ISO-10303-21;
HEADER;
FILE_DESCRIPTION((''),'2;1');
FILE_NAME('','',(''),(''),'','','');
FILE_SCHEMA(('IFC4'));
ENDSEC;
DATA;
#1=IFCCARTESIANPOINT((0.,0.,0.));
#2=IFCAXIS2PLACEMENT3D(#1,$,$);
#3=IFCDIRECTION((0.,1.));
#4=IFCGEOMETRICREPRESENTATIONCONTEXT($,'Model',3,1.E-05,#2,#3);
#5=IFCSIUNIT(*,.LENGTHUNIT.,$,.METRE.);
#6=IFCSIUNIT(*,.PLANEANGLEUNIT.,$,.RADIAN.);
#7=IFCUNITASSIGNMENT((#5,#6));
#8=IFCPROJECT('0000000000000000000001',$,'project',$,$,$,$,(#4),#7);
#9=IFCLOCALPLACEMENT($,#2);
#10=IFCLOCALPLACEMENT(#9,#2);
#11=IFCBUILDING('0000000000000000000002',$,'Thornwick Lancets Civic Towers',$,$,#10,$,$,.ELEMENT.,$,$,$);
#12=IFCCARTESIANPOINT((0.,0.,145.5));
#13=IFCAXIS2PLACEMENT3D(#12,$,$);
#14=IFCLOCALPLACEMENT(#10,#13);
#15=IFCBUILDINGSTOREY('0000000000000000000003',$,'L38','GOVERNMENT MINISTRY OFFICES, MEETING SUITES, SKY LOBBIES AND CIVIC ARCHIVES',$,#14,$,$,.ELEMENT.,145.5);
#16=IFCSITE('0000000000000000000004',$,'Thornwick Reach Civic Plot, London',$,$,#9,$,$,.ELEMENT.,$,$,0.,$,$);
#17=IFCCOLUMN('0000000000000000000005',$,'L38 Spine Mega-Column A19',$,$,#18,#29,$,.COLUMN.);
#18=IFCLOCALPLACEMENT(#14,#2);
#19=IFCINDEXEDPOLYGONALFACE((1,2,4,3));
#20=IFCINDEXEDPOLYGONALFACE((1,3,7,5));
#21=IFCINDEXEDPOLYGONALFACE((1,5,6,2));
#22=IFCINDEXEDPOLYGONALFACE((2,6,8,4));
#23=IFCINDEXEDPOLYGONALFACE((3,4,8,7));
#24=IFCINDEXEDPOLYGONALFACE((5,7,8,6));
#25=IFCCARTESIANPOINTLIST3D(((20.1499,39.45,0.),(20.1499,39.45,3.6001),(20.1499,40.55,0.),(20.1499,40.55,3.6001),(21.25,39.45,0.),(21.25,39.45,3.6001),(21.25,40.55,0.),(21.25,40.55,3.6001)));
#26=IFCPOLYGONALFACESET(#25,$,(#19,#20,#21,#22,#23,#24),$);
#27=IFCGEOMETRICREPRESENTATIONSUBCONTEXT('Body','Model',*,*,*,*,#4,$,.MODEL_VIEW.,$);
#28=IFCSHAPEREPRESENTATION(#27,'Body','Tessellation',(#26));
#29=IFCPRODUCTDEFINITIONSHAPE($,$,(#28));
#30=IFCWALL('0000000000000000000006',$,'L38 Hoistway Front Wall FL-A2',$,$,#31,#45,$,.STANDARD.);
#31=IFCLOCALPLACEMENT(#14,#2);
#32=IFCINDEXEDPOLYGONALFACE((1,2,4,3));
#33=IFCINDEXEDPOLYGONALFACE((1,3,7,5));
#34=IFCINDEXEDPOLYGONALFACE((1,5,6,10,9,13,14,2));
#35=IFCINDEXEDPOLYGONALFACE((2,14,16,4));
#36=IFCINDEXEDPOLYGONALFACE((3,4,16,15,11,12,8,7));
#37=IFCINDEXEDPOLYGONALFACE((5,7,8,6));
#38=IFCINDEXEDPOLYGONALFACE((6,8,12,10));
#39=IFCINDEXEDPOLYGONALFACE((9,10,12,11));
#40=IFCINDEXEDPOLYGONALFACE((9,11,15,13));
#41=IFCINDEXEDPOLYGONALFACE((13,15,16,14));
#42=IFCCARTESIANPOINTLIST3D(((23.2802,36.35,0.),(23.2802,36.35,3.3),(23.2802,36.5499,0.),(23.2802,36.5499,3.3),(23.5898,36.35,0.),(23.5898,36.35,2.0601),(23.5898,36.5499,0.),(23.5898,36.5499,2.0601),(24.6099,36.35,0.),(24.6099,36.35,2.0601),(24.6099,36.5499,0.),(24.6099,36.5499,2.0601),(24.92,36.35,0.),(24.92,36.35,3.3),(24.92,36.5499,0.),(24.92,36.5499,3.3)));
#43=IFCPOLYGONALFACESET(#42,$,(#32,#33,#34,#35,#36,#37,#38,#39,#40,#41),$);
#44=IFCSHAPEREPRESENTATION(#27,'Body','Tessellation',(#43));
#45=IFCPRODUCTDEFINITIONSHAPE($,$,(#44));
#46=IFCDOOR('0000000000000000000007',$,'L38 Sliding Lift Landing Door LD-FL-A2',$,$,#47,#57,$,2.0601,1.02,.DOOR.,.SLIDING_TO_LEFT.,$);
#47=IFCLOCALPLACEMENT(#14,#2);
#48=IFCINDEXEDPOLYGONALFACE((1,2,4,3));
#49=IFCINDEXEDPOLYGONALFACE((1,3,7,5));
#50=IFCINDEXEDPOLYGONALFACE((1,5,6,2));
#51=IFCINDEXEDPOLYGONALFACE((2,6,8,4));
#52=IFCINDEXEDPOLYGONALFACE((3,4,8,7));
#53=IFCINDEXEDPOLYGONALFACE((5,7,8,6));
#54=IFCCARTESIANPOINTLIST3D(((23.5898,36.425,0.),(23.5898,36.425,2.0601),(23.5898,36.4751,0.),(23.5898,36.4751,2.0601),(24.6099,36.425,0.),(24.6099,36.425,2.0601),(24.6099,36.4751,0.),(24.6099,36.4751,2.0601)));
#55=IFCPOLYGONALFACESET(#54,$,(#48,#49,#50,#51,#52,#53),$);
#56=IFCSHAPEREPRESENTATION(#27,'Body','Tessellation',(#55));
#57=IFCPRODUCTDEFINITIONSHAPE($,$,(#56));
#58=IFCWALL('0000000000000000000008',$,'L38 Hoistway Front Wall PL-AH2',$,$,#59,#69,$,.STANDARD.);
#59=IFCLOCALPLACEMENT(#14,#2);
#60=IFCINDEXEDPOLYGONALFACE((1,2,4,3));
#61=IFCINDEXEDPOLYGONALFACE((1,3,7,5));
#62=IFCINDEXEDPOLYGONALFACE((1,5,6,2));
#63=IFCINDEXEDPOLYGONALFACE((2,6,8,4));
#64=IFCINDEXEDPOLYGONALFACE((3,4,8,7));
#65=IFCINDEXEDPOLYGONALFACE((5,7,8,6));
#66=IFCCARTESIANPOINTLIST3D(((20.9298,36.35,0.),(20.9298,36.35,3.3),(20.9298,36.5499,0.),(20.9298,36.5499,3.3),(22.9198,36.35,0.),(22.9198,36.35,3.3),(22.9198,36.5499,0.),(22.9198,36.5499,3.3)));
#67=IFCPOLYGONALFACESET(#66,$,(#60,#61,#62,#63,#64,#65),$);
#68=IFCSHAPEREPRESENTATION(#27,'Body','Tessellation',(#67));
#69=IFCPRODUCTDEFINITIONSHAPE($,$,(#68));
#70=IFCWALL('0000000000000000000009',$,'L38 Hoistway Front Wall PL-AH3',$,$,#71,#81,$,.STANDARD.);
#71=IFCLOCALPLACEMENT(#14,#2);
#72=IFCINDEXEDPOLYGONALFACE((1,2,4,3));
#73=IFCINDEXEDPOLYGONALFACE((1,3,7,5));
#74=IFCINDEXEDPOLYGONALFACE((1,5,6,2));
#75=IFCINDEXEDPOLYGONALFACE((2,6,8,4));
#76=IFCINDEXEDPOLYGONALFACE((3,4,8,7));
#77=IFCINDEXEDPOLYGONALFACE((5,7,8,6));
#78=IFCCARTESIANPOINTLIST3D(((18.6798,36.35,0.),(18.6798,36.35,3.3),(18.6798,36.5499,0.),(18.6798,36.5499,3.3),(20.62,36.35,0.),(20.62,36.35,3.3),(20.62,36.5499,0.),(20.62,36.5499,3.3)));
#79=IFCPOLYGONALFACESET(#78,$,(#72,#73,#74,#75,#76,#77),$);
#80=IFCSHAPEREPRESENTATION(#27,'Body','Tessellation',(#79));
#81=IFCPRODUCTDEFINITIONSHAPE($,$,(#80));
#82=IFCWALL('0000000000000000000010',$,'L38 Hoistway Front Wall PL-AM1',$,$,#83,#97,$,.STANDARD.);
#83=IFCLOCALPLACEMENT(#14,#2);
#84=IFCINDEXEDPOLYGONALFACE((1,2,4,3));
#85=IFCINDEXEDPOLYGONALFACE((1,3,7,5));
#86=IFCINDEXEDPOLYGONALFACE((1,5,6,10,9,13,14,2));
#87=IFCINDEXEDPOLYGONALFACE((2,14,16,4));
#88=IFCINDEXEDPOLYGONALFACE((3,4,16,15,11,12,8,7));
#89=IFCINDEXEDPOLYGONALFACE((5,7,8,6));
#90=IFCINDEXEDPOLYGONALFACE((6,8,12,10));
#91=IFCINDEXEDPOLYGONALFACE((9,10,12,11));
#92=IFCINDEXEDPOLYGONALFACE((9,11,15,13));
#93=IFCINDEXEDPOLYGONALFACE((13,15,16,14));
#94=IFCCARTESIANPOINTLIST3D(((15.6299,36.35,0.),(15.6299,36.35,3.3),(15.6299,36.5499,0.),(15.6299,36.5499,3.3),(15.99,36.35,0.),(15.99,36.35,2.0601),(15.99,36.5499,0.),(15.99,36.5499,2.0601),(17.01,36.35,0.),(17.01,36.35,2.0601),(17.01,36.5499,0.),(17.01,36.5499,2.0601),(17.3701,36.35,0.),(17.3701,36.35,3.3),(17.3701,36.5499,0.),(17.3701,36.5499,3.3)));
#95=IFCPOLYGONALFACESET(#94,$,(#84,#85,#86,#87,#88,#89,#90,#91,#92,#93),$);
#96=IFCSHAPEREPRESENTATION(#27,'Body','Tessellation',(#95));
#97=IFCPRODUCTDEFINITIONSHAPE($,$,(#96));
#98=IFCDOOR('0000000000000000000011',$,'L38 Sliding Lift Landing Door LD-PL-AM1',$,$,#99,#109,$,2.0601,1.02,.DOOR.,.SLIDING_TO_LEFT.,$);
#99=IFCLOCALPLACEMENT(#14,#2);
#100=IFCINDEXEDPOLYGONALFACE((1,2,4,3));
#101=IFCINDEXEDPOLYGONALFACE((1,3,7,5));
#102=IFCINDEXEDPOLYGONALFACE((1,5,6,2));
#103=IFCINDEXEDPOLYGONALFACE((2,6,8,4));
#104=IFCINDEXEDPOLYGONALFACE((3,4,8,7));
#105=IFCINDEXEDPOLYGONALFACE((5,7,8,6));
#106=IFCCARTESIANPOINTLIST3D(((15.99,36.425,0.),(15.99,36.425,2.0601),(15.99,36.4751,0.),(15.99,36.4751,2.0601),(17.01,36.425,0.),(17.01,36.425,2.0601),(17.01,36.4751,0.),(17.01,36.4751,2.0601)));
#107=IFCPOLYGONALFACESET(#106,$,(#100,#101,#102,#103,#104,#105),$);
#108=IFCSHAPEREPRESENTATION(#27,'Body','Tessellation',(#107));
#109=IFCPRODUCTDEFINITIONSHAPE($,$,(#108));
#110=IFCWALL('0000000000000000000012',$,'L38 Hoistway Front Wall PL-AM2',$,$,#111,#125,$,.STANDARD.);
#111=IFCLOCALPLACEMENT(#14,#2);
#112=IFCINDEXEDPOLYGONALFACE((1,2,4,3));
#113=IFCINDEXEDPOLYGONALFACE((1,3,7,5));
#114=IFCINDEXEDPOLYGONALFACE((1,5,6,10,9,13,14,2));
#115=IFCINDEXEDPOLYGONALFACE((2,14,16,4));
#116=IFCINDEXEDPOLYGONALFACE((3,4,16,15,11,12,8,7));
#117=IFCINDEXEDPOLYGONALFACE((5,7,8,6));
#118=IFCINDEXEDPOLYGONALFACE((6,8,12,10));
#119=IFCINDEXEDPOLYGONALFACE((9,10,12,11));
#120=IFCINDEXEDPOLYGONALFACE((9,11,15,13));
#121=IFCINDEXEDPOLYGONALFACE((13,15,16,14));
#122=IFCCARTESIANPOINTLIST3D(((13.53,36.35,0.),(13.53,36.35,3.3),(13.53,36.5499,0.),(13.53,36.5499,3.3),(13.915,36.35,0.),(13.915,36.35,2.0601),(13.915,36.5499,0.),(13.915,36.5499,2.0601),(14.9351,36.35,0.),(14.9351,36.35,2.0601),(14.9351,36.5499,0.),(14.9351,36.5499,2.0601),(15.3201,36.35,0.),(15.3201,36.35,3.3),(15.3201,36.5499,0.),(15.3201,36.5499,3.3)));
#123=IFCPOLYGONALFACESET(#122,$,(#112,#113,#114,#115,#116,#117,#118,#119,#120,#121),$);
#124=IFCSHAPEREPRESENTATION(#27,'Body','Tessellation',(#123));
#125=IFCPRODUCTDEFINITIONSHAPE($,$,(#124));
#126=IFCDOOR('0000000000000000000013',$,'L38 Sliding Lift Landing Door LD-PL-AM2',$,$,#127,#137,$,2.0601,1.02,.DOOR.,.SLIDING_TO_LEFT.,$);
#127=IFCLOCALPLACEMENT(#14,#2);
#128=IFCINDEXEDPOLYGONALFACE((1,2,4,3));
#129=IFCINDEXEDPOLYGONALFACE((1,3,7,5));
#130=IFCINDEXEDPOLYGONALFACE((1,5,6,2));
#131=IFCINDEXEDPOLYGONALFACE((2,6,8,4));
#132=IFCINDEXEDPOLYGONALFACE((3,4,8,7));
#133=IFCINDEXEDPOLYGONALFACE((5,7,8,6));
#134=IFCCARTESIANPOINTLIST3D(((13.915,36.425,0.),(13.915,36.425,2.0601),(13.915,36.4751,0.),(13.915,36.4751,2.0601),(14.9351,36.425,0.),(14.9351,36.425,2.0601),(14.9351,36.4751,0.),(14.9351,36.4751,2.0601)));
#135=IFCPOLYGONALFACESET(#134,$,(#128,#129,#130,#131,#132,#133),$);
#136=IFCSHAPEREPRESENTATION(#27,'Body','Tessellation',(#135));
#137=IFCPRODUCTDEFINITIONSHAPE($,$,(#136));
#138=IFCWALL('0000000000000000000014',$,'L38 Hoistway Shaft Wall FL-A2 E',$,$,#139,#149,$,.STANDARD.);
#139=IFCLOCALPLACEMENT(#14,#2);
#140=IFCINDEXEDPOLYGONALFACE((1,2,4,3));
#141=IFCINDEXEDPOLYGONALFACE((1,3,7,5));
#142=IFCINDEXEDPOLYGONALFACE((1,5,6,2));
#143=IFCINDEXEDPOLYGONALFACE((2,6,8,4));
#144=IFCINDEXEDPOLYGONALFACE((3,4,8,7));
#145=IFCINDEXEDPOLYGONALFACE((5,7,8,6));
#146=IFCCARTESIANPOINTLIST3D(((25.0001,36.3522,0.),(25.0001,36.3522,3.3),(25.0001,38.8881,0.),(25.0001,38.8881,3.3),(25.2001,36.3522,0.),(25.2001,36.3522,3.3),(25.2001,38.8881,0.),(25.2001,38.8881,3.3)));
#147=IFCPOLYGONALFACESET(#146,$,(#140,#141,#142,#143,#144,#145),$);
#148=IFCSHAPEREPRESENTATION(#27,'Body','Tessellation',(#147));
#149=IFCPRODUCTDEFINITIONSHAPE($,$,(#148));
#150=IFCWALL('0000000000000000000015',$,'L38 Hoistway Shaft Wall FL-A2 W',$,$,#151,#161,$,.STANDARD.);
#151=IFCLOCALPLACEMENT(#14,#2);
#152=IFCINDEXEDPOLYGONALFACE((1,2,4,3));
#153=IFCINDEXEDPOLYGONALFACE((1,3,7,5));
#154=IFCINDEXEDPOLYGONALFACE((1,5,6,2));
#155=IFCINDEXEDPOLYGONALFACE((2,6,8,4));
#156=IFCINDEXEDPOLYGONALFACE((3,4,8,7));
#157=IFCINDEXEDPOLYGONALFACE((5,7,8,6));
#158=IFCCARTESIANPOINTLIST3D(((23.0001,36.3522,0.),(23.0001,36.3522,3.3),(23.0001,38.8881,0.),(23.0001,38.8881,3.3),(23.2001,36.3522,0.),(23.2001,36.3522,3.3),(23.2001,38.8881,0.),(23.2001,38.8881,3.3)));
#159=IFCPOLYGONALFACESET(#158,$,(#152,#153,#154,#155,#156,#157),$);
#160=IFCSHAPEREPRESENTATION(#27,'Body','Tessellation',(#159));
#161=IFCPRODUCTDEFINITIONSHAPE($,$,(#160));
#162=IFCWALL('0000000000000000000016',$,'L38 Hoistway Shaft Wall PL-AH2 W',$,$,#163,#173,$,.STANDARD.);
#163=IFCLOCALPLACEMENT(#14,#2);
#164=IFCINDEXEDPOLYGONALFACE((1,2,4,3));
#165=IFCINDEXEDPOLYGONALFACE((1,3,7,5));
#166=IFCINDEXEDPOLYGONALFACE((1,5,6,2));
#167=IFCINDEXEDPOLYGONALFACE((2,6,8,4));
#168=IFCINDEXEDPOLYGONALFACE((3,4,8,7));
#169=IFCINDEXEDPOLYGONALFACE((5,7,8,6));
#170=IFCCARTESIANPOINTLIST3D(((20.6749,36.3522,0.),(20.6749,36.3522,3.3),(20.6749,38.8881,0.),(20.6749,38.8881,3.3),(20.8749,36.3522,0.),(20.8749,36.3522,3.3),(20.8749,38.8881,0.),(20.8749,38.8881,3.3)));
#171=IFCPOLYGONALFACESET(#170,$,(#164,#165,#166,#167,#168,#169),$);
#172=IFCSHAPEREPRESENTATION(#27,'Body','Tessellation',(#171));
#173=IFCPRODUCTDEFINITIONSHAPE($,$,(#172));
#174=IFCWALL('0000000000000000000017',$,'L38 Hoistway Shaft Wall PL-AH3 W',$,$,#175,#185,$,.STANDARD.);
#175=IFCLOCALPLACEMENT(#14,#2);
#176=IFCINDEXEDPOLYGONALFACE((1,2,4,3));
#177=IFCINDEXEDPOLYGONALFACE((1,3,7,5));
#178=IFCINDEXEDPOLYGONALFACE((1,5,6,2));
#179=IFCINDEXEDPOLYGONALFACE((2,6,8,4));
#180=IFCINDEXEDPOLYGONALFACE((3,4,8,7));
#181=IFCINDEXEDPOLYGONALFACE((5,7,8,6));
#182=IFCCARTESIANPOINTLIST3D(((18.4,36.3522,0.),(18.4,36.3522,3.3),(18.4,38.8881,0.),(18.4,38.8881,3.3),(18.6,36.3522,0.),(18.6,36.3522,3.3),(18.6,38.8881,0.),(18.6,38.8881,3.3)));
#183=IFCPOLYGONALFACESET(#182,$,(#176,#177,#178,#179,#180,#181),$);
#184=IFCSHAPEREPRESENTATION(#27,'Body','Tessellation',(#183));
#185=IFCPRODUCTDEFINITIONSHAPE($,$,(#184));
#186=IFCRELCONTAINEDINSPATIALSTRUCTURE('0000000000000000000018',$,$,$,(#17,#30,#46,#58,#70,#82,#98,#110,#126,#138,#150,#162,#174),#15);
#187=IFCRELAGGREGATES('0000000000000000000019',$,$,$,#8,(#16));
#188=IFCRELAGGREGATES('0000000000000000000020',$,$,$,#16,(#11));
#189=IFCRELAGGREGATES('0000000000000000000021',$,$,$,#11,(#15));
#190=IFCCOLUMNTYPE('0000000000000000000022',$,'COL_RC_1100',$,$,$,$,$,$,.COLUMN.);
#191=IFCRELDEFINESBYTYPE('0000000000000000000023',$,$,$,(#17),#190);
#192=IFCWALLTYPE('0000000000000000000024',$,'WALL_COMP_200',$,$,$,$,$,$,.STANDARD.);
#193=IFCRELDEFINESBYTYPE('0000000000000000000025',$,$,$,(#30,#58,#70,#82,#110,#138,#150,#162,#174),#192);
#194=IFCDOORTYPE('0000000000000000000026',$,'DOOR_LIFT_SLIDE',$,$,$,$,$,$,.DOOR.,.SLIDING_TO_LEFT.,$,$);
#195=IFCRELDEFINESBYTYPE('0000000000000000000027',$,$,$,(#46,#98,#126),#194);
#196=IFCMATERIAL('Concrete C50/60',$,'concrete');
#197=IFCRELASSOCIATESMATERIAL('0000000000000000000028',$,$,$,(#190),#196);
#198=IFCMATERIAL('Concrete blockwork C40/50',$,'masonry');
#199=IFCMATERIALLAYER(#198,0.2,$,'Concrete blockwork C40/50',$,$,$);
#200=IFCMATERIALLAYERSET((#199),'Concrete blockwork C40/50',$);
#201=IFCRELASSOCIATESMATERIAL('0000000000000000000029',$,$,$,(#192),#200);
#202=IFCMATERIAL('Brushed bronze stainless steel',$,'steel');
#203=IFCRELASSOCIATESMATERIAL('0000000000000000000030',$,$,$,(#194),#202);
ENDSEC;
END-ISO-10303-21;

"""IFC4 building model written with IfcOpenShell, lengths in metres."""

from ifc_helpers import new_model, si_unit, direction, frame, frame_2d, origin, origin_2d, place, context, subcontext, project, spatial, rectangle, extrude, material, layer, layer_set, material_profile, profile_set, type_object, element, fill, save


model = new_model("IFC4")

# Units and contexts
model_context = context("Model", 3, precision=1e-05, world=origin(), true_north=direction((0.0, 1.0)))
body_context = subcontext(model_context, "Body", "Model", "MODEL_VIEW")
ifc_project = project(units=[si_unit("LENGTHUNIT", "METRE"), si_unit("PLANEANGLEUNIT", "RADIAN")], contexts=[model_context])

# Site, building, storey
site_placement = place(None, origin())
site = spatial("IfcSite", under=ifc_project, at=site_placement, Name="Thornwick Reach Civic Plot, London", CompositionType="ELEMENT", RefElevation=0.0)
building_placement = place(site_placement, origin())
building = spatial("IfcBuilding", under=site, at=building_placement, Name="Thornwick Lancets Civic Towers", CompositionType="ELEMENT")
storey_placement = place(building_placement, frame((0.0, 0.0, 145.5)))
storey = spatial("IfcBuildingStorey", under=building, at=storey_placement, Name="L38", Description="GOVERNMENT MINISTRY OFFICES, MEETING SUITES, SKY LOBBIES AND CIVIC ARCHIVES", CompositionType="ELEMENT", Elevation=145.5)

# Column
ifc_material_1 = material(Name="Concrete C50/60", Category="concrete")
ifc_material_profile = material_profile(ifc_material_1, rectangle(XDim=1.1001, YDim=1.1001, at=origin_2d()), Name="RC 1100x1100")
ifc_profile_set = profile_set([ifc_material_profile], Name="Concrete C50/60")
column_type = type_object("IfcColumnType", Name="COL_RC_1100", PredefinedType="COLUMN", material=ifc_profile_set)
column_placement = place(storey_placement, frame((20.7, 40.0, 0.0), z_axis=(0.0, 0.0, 1.0), x_axis=(1.0, 0.0, 0.0)))
element("IfcColumn", 1, at=column_placement, inside=storey, type_object=column_type, Name="L38 Spine Mega-Column A19", PredefinedType="COLUMN", context=body_context, shape_type="SweptSolid", body=[
    extrude(rectangle(XDim=1.1001, YDim=1.1001, at=origin_2d()), origin(), (0.0, 0.0, 1.0), 3.6001),
])

# Wall, opening, door
ifc_material_2 = material(Name="Concrete blockwork C40/50", Category="masonry")
ifc_layer_1 = layer(ifc_material_2, 0.2, Name="Concrete blockwork C40/50")
ifc_layer_set_1 = layer_set([ifc_layer_1], Name="Concrete blockwork C40/50")
wall_type_1 = type_object("IfcWallType", Name="WALL_COMP_200", PredefinedType="STANDARD", material=ifc_layer_set_1)
wall_1_placement = place(storey_placement, frame((24.9199, 36.45, 0.0), z_axis=(0.0, 0.0, 1.0), x_axis=(-1.0, 0.0, 0.0)))
wall_1 = element("IfcWall", 2, at=wall_1_placement, inside=storey, type_object=wall_type_1, Name="L38 Hoistway Front Wall FL-A2", PredefinedType="STANDARD", context=body_context, shape_type="SweptSolid", body=[
    extrude(rectangle(XDim=1.6399, YDim=0.2, at=frame_2d((0.8198, 0.0))), origin(), (0.0, 0.0, 1.0), 3.3),
])
opening_1_placement = place(wall_1_placement, frame((0.3101, 0.0, 0.0)))
opening_1 = element("IfcOpeningElement", 3, at=opening_1_placement, cuts=wall_1, PredefinedType="OPENING", context=body_context, shape_type="SweptSolid", body=[
    extrude(rectangle(XDim=1.02, YDim=2.0601, at=frame_2d((0.51, 1.03))), frame((0.0, 0.1099, 0.0), z_axis=(0.0, -1.0, 0.0), x_axis=(1.0, 0.0, 0.0)), (0.0, 0.0, 1.0), 0.22),
])
ifc_material_3 = material(Name="Brushed bronze stainless steel", Category="steel")
door_type = type_object("IfcDoorType", Name="DOOR_LIFT_SLIDE", OperationType="SLIDING_TO_LEFT", PredefinedType="DOOR", material=ifc_material_3)
door_1_placement = place(opening_1_placement, origin())
door_1 = element("IfcDoor", 4, at=door_1_placement, inside=storey, type_object=door_type, Name="L38 Sliding Lift Landing Door LD-FL-A2", OperationType="SLIDING_TO_LEFT", OverallHeight=2.0601, OverallWidth=1.02, PredefinedType="DOOR", context=body_context, shape_type="SweptSolid", body=[
    extrude(rectangle(XDim=1.02, YDim=2.0601, at=frame_2d((0.51, 1.03))), frame((0.0, 0.0249, 0.0), z_axis=(0.0, -1.0, 0.0), x_axis=(1.0, 0.0, 0.0)), (0.0, 0.0, 1.0), 0.05),
])
fill(opening_1, door_1)

# Walls
wall_2_placement = place(storey_placement, frame((22.9199, 36.45, 0.0), z_axis=(0.0, 0.0, 1.0), x_axis=(-1.0, 0.0, 0.0)))
element("IfcWall", 5, at=wall_2_placement, inside=storey, type_object=wall_type_1, Name="L38 Hoistway Front Wall PL-AH2", PredefinedType="STANDARD", context=body_context, shape_type="SweptSolid", body=[
    extrude(rectangle(XDim=1.99, YDim=0.2, at=frame_2d((0.9951, 0.0))), origin(), (0.0, 0.0, 1.0), 3.3),
])
wall_3_placement = place(storey_placement, frame((20.6201, 36.45, 0.0), z_axis=(0.0, 0.0, 1.0), x_axis=(-1.0, 0.0, 0.0)))
element("IfcWall", 6, at=wall_3_placement, inside=storey, type_object=wall_type_1, Name="L38 Hoistway Front Wall PL-AH3", PredefinedType="STANDARD", context=body_context, shape_type="SweptSolid", body=[
    extrude(rectangle(XDim=1.9402, YDim=0.2, at=frame_2d((0.9702, 0.0))), origin(), (0.0, 0.0, 1.0), 3.3),
])

# Walls, openings, doors
wall_4_placement = place(storey_placement, frame((17.3701, 36.45, 0.0), z_axis=(0.0, 0.0, 1.0), x_axis=(-1.0, 0.0, 0.0)))
wall_4 = element("IfcWall", 7, at=wall_4_placement, inside=storey, type_object=wall_type_1, Name="L38 Hoistway Front Wall PL-AM1", PredefinedType="STANDARD", context=body_context, shape_type="SweptSolid", body=[
    extrude(rectangle(XDim=1.7402, YDim=0.2, at=frame_2d((0.8701, 0.0))), origin(), (0.0, 0.0, 1.0), 3.3),
])
opening_2_placement = place(wall_4_placement, frame((0.3601, 0.0, 0.0)))
opening_2 = element("IfcOpeningElement", 8, at=opening_2_placement, cuts=wall_4, PredefinedType="OPENING", context=body_context, shape_type="SweptSolid", body=[
    extrude(rectangle(XDim=1.02, YDim=2.0601, at=frame_2d((0.51, 1.03))), frame((0.0, 0.1099, 0.0), z_axis=(0.0, -1.0, 0.0), x_axis=(1.0, 0.0, 0.0)), (0.0, 0.0, 1.0), 0.22),
])
door_2_placement = place(opening_2_placement, origin())
door_2 = element("IfcDoor", 9, at=door_2_placement, inside=storey, type_object=door_type, Name="L38 Sliding Lift Landing Door LD-PL-AM1", OperationType="SLIDING_TO_LEFT", OverallHeight=2.0601, OverallWidth=1.02, PredefinedType="DOOR", context=body_context, shape_type="SweptSolid", body=[
    extrude(rectangle(XDim=1.02, YDim=2.0601, at=frame_2d((0.51, 1.03))), frame((0.0, 0.0249, 0.0), z_axis=(0.0, -1.0, 0.0), x_axis=(1.0, 0.0, 0.0)), (0.0, 0.0, 1.0), 0.05),
])
fill(opening_2, door_2)
wall_5_placement = place(storey_placement, frame((15.3201, 36.45, 0.0), z_axis=(0.0, 0.0, 1.0), x_axis=(-1.0, 0.0, 0.0)))
wall_5 = element("IfcWall", 10, at=wall_5_placement, inside=storey, type_object=wall_type_1, Name="L38 Hoistway Front Wall PL-AM2", PredefinedType="STANDARD", context=body_context, shape_type="SweptSolid", body=[
    extrude(rectangle(XDim=1.79, YDim=0.2, at=frame_2d((0.895, 0.0))), origin(), (0.0, 0.0, 1.0), 3.3),
])
opening_3_placement = place(wall_5_placement, frame((0.385, 0.0, 0.0)))
opening_3 = element("IfcOpeningElement", 11, at=opening_3_placement, cuts=wall_5, PredefinedType="OPENING", context=body_context, shape_type="SweptSolid", body=[
    extrude(rectangle(XDim=1.02, YDim=2.0601, at=frame_2d((0.51, 1.03))), frame((0.0, 0.1099, 0.0), z_axis=(0.0, -1.0, 0.0), x_axis=(1.0, 0.0, 0.0)), (0.0, 0.0, 1.0), 0.22),
])
door_3_placement = place(opening_3_placement, origin())
door_3 = element("IfcDoor", 12, at=door_3_placement, inside=storey, type_object=door_type, Name="L38 Sliding Lift Landing Door LD-PL-AM2", OperationType="SLIDING_TO_LEFT", OverallHeight=2.0601, OverallWidth=1.02, PredefinedType="DOOR", context=body_context, shape_type="SweptSolid", body=[
    extrude(rectangle(XDim=1.02, YDim=2.0601, at=frame_2d((0.51, 1.03))), frame((0.0, 0.0249, 0.0), z_axis=(0.0, -1.0, 0.0), x_axis=(1.0, 0.0, 0.0)), (0.0, 0.0, 1.0), 0.05),
])
fill(opening_3, door_3)

# Walls
for number, where, z_axis, x_axis, name in (
    (13, (25.1001, 36.3521, 0.0), (0.0, 0.0, 1.0), (0.0, 1.0, 0.0), "L38 Hoistway Shaft Wall FL-A2 E"),
    (14, (23.1001, 36.3521, 0.0), (0.0, 0.0, 1.0), (0.0, 1.0, 0.0), "L38 Hoistway Shaft Wall FL-A2 W"),
    (15, (20.7749, 36.3521, 0.0), (0.0, 0.0, 1.0), (0.0, 1.0, 0.0), "L38 Hoistway Shaft Wall PL-AH2 W"),
    (16, (18.5, 36.3521, 0.0), (0.0, 0.0, 1.0), (0.0, 1.0, 0.0), "L38 Hoistway Shaft Wall PL-AH3 W"),
):
    element("IfcWall", number, at=place(storey_placement, frame(where, z_axis=z_axis, x_axis=x_axis)), inside=storey, type_object=wall_type_1, Name=name, PredefinedType="STANDARD", context=body_context, shape_type="SweptSolid", body=[
        extrude(rectangle(XDim=2.5359, YDim=0.2, at=frame_2d((1.2681, 0.0))), origin(), (0.0, 0.0, 1.0), 3.3),
    ])

save(model, "model.ifc")
